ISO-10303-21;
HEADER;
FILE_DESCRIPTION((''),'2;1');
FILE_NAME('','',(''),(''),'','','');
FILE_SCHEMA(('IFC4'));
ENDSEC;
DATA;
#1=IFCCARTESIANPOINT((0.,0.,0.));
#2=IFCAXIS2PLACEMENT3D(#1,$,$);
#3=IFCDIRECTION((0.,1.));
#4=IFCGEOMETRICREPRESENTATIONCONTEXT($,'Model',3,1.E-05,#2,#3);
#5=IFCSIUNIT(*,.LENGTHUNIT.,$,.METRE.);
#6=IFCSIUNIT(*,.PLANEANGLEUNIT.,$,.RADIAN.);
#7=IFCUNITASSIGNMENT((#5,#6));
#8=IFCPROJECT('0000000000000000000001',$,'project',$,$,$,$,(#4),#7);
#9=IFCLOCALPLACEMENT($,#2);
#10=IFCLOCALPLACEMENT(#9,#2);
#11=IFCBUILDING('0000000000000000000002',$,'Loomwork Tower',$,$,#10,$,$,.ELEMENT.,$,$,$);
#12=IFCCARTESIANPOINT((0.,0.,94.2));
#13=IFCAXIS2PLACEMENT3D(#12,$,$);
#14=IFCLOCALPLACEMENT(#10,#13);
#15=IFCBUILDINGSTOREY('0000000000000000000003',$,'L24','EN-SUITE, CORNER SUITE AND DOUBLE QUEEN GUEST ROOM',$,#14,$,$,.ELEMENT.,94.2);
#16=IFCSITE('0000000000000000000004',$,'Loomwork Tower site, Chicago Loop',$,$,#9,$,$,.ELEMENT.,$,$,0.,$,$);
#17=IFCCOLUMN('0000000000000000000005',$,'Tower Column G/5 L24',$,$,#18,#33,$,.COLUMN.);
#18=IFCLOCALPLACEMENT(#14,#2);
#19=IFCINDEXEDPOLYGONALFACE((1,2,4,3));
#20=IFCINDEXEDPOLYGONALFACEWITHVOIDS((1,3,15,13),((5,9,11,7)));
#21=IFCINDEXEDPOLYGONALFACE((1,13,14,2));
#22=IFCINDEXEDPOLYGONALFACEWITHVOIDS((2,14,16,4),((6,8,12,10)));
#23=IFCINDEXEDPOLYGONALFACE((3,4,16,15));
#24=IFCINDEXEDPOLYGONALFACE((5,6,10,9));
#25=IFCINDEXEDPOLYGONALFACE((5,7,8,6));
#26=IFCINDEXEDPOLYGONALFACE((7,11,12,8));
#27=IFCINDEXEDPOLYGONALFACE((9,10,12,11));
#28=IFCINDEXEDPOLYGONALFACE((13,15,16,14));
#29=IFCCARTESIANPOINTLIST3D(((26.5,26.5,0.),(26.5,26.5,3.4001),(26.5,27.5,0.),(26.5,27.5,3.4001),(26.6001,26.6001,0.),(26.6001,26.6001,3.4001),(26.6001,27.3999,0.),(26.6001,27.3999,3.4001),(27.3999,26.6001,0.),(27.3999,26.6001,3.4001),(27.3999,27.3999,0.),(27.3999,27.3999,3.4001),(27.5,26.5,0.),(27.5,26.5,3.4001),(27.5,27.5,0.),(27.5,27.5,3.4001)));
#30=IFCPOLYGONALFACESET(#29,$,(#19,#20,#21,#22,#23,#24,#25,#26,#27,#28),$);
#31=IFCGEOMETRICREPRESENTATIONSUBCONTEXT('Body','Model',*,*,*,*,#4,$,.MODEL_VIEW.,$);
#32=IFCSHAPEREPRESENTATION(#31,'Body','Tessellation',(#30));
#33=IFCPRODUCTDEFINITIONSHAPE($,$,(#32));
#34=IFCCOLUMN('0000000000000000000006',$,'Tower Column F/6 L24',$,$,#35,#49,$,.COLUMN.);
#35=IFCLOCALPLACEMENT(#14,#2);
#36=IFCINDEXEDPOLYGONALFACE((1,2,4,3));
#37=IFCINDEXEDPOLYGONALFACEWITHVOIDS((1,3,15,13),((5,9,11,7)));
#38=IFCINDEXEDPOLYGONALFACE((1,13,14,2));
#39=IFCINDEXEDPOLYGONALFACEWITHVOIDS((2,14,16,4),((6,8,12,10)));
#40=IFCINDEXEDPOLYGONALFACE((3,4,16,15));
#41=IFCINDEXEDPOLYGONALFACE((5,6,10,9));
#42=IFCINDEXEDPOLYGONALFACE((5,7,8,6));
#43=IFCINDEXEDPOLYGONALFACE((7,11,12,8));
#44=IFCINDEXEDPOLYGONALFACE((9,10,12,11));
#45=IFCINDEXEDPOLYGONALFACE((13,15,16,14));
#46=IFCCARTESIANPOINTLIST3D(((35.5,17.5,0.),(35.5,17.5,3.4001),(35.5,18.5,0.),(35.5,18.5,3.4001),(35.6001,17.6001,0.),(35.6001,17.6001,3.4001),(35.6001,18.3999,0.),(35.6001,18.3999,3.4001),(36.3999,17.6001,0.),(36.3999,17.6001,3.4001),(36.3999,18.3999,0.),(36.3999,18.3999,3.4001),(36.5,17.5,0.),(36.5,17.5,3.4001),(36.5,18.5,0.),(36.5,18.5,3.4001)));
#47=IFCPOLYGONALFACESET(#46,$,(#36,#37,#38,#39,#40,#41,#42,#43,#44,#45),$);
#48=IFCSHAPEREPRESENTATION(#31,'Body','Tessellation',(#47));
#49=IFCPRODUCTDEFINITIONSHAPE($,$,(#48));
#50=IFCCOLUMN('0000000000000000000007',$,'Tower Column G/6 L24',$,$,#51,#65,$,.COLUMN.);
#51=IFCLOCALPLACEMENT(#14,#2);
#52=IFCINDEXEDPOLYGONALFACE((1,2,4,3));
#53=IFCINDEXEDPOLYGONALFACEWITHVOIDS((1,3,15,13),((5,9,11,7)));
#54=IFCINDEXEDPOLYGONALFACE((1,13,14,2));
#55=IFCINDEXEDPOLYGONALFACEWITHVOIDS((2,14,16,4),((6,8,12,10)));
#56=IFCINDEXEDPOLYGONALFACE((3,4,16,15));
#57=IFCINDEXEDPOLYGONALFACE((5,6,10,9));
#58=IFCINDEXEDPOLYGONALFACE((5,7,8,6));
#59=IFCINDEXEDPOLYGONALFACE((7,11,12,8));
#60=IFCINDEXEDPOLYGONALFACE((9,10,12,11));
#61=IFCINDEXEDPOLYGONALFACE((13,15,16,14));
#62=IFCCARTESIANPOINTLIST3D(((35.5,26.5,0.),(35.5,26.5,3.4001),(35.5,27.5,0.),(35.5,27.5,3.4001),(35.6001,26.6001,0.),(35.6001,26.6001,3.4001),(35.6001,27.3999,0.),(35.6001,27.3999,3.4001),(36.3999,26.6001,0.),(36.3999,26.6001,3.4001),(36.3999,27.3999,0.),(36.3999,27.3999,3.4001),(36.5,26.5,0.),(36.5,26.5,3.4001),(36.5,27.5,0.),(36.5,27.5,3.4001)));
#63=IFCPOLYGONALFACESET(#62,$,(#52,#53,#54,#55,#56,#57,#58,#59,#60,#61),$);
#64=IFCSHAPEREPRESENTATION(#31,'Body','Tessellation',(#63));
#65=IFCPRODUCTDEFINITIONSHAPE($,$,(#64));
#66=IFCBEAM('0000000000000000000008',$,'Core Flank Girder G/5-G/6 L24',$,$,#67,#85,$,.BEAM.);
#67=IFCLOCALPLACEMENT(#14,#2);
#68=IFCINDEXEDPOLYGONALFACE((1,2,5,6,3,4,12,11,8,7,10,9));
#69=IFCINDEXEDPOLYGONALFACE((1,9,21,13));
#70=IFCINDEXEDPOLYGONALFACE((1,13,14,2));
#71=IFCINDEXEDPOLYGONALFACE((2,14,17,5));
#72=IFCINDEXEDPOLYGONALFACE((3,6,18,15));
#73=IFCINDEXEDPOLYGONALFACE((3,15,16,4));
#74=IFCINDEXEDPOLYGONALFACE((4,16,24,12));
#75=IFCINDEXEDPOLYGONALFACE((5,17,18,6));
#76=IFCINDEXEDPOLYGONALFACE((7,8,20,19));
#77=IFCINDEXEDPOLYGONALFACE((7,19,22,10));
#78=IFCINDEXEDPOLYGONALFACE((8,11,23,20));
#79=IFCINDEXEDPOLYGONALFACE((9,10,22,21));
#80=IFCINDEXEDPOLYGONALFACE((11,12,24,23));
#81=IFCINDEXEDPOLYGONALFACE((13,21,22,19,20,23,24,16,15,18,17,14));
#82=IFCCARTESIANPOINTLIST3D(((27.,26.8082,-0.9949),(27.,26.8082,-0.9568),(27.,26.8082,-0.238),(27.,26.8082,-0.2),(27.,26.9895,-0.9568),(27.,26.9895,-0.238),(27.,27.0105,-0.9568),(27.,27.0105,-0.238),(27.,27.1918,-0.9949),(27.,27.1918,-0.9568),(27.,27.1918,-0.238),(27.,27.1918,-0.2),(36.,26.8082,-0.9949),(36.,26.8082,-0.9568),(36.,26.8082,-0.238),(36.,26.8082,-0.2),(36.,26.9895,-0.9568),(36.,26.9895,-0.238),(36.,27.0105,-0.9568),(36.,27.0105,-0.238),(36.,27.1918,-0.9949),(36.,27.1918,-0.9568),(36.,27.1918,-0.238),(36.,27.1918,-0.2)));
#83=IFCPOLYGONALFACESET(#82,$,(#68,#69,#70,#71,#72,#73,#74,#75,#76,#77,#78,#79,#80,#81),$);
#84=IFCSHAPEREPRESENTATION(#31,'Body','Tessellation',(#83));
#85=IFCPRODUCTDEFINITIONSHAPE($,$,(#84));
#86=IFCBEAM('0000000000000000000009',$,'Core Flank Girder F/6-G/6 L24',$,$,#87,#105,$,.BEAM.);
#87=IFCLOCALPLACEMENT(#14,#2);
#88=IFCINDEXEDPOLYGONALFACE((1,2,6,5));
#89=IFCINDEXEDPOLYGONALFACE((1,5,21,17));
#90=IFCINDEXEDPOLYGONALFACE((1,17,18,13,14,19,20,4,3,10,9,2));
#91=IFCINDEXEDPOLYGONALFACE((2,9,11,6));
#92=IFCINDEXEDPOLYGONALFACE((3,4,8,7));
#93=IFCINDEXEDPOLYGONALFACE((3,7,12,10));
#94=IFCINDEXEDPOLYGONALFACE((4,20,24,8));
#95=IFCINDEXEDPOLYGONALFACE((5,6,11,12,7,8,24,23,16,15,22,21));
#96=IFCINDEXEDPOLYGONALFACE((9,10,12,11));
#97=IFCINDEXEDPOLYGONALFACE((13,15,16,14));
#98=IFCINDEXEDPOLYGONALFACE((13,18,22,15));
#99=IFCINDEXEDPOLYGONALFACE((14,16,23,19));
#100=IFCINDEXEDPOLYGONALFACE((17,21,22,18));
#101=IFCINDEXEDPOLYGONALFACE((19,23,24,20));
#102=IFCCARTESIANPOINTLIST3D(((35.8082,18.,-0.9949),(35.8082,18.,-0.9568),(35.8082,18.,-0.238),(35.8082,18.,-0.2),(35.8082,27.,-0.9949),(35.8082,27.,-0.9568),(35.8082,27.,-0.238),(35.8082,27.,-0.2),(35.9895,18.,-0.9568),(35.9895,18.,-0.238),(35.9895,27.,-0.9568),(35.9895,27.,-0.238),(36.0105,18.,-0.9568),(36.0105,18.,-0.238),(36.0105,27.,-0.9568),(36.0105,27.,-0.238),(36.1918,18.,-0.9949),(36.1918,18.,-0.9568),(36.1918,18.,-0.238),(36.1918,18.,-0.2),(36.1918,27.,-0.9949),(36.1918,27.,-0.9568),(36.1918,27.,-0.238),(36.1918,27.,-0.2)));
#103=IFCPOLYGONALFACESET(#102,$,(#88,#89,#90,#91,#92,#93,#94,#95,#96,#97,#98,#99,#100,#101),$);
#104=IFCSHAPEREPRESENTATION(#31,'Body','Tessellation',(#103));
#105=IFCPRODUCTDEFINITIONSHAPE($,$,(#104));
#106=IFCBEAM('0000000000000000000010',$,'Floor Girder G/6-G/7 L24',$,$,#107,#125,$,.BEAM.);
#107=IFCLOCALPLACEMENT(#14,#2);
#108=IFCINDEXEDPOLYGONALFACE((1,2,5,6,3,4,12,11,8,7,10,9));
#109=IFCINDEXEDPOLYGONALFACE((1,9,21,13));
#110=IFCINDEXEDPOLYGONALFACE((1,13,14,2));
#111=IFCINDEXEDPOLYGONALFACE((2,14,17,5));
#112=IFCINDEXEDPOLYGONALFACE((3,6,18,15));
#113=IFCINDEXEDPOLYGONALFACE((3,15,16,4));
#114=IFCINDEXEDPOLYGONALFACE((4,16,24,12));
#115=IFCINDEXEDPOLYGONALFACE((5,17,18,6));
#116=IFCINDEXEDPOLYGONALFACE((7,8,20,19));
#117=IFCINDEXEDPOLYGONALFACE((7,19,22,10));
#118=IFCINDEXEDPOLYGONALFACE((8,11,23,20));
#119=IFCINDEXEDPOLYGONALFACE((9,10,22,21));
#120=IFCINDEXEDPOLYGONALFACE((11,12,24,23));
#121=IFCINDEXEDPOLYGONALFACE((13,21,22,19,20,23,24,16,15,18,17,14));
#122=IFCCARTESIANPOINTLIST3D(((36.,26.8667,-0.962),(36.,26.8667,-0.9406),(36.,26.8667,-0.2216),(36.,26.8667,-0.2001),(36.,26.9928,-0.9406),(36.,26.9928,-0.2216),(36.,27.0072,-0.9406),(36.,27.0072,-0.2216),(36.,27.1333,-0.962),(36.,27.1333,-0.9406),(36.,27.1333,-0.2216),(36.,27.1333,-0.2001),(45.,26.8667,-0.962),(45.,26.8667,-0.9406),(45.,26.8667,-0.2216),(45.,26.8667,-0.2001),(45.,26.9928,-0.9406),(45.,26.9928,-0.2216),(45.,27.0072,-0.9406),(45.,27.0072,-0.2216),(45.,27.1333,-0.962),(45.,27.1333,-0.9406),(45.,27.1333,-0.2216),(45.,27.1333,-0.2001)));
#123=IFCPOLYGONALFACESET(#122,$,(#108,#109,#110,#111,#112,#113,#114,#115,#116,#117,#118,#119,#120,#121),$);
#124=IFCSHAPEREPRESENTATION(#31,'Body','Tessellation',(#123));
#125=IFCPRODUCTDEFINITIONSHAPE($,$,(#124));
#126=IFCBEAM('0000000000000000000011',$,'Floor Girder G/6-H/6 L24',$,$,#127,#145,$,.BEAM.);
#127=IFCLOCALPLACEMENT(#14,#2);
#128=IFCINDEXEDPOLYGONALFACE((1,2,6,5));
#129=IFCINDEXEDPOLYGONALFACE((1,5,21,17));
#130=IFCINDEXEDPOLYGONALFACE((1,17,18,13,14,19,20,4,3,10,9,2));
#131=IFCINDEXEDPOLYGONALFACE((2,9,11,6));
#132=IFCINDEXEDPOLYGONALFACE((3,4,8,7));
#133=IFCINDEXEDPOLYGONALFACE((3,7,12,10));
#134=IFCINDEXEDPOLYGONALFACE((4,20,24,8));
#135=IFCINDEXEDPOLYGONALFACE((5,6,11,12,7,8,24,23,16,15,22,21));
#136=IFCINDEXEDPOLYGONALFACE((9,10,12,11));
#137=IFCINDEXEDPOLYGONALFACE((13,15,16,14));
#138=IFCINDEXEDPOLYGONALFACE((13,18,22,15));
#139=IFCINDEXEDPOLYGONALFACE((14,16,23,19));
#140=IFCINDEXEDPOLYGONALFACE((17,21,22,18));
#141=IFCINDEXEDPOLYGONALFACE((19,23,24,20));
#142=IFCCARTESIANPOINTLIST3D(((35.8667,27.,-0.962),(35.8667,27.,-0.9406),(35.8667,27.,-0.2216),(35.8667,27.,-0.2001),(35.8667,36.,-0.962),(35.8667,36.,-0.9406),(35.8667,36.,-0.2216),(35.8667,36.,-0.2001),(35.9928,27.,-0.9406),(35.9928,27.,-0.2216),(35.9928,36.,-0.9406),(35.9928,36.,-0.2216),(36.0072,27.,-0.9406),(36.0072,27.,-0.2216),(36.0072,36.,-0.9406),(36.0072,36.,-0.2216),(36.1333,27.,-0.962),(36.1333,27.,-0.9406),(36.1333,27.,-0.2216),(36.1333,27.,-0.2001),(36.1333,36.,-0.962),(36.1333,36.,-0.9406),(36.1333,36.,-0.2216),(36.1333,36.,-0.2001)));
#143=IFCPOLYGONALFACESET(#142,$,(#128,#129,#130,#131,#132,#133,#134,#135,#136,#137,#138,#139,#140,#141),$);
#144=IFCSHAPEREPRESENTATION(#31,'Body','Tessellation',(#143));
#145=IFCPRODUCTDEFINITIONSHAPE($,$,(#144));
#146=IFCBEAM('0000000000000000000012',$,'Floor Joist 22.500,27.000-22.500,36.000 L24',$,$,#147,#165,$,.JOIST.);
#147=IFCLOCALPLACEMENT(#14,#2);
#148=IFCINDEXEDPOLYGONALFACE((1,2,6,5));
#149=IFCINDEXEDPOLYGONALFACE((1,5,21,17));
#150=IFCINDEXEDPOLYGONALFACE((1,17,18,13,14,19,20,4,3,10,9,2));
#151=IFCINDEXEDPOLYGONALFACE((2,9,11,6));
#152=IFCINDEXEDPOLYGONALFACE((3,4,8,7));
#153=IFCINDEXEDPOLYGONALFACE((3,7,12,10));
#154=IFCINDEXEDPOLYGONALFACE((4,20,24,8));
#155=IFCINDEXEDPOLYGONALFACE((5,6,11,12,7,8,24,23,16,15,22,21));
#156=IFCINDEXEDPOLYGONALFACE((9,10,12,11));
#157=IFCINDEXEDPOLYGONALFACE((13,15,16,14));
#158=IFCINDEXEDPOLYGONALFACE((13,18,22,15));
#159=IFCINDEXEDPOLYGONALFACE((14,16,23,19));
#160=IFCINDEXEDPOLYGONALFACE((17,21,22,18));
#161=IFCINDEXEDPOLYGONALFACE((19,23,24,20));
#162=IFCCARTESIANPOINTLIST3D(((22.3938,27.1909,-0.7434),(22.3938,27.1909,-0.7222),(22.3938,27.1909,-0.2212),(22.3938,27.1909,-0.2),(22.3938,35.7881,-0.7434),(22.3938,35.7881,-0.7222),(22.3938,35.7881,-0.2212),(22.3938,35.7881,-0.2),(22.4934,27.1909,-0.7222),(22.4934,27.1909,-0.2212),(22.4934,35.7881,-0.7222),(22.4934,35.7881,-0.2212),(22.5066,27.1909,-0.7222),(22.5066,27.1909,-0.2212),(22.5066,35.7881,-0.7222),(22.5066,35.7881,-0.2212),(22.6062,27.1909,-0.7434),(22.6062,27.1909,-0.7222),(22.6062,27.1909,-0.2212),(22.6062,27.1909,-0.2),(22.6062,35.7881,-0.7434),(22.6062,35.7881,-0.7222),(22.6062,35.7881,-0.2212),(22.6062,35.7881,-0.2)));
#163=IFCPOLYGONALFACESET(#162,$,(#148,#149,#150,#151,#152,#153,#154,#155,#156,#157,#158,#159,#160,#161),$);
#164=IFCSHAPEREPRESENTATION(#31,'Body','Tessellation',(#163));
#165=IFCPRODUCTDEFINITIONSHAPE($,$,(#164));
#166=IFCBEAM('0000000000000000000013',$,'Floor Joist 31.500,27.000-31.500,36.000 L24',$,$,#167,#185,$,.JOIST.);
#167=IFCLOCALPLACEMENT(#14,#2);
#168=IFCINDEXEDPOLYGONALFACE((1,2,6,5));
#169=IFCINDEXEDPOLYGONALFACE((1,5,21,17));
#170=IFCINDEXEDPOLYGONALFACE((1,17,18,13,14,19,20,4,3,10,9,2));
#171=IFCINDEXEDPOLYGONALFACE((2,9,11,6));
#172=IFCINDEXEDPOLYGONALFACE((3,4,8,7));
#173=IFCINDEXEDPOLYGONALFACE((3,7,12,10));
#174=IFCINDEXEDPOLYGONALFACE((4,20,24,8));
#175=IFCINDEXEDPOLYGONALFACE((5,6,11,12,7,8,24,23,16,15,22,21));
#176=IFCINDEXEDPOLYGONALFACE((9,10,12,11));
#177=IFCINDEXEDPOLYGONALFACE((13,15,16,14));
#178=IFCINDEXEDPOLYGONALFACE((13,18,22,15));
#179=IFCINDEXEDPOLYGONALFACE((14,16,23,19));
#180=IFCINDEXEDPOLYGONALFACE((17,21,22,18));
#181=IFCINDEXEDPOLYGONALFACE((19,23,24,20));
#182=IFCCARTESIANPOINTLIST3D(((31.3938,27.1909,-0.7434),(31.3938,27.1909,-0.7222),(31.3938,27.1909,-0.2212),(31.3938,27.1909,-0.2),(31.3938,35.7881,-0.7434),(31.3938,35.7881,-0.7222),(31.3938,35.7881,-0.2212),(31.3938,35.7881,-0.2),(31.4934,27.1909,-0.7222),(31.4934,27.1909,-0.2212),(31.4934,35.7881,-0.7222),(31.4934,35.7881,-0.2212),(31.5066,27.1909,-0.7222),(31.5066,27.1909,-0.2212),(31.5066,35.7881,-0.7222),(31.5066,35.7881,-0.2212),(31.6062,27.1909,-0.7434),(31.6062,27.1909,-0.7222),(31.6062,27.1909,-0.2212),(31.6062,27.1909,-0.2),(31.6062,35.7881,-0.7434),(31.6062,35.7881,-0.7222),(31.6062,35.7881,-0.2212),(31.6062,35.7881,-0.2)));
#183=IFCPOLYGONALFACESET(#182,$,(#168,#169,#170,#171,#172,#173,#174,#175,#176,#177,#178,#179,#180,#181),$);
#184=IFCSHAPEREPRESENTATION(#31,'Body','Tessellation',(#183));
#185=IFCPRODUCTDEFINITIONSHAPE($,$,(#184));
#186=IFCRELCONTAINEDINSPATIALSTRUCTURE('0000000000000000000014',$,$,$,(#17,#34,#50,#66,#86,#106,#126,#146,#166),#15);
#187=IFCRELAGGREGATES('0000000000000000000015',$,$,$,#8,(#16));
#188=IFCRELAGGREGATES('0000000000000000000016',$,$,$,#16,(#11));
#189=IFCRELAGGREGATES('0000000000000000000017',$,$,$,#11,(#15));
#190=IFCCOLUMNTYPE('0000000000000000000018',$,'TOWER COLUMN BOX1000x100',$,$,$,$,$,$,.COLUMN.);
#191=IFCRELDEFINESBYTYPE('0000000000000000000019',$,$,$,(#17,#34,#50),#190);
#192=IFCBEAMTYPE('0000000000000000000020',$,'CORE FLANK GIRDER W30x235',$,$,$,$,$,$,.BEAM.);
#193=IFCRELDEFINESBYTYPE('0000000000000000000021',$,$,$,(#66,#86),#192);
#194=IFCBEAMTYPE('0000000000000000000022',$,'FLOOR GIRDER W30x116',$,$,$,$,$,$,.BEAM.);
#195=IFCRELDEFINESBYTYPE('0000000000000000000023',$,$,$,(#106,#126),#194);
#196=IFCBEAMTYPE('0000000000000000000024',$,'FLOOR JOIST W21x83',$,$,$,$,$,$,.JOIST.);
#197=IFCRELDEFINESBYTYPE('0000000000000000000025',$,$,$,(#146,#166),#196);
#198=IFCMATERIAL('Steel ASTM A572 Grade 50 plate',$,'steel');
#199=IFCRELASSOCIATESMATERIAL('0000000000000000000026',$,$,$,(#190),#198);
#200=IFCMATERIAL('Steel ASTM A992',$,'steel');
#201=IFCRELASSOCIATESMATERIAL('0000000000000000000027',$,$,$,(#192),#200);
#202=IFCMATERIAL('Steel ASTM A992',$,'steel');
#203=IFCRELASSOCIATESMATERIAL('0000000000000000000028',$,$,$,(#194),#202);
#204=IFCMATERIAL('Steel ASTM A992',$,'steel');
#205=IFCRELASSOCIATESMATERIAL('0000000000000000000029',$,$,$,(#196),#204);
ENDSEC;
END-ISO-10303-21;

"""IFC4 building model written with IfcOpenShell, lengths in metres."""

from ifc_helpers import new_model, si_unit, direction, frame, origin, origin_2d, place, context, subcontext, project, spatial, hollow_rectangle, i_section, extrude, material, material_profile, profile_set, type_object, element, save


model = new_model("IFC4")

# Units and contexts
model_context = context("Model", 3, precision=1e-05, world=origin(), true_north=direction((0.0, 1.0)))
body_context = subcontext(model_context, "Body", "Model", "MODEL_VIEW")
ifc_project = project(units=[si_unit("LENGTHUNIT", "METRE"), si_unit("PLANEANGLEUNIT", "RADIAN")], contexts=[model_context])

# Site, building, storey
site_placement = place(None, origin())
site = spatial("IfcSite", under=ifc_project, at=site_placement, Name="Loomwork Tower site, Chicago Loop", CompositionType="ELEMENT", RefElevation=0.0)
building_placement = place(site_placement, origin())
building = spatial("IfcBuilding", under=site, at=building_placement, Name="Loomwork Tower", CompositionType="ELEMENT")
storey_placement = place(building_placement, frame((0.0, 0.0, 94.2)))
storey = spatial("IfcBuildingStorey", under=building, at=storey_placement, Name="L24", Description="EN-SUITE, CORNER SUITE AND DOUBLE QUEEN GUEST ROOM", CompositionType="ELEMENT", Elevation=94.2)

# Columns
ifc_material_1 = material(Name="Steel ASTM A572 Grade 50 plate", Category="steel")
ifc_material_profile_1 = material_profile(ifc_material_1, hollow_rectangle(XDim=1.0, YDim=1.0, WallThickness=0.1001, at=origin_2d()), Name="BOX1000x100")
ifc_profile_set_1 = profile_set([ifc_material_profile_1], Name="Steel ASTM A572 Grade 50 plate")
column_type = type_object("IfcColumnType", Name="TOWER COLUMN BOX1000x100", PredefinedType="COLUMN", material=ifc_profile_set_1)
for number, where, z_axis, x_axis, name in (
    (1, (27.0, 27.0, 0.0), (0.0, 0.0, 1.0), (1.0, 0.0, 0.0), "Tower Column G/5 L24"),
    (2, (36.0, 18.0, 0.0), (0.0, 0.0, 1.0), (0.0, 1.0, 0.0), "Tower Column F/6 L24"),
    (3, (36.0, 27.0, 0.0), (0.0, 0.0, 1.0), (1.0, 0.0, 0.0), "Tower Column G/6 L24"),
):
    element("IfcColumn", number, at=place(storey_placement, frame(where, z_axis=z_axis, x_axis=x_axis)), inside=storey, type_object=column_type, Name=name, PredefinedType="COLUMN", context=body_context, shape_type="SweptSolid", body=[
        extrude(hollow_rectangle(XDim=1.0, YDim=1.0, WallThickness=0.1001, at=origin_2d()), origin(), (0.0, 0.0, 1.0), 3.4001),
    ])

# Beams
ifc_material_2 = material(Name="Steel ASTM A992", Category="steel")
ifc_material_profile_2 = material_profile(ifc_material_2, i_section(OverallWidth=0.3835, OverallDepth=0.7949, WebThickness=0.021, FlangeThickness=0.0381, at=origin_2d()), Name="W30x235")
ifc_profile_set_2 = profile_set([ifc_material_profile_2], Name="Steel ASTM A992")
beam_type_1 = type_object("IfcBeamType", Name="CORE FLANK GIRDER W30x235", PredefinedType="BEAM", material=ifc_profile_set_2)
for number, where, z_axis, x_axis, name in (
    (4, (27.0, 27.0, -0.5974), (1.0, 0.0, 0.0), (0.0, 1.0, 0.0), "Core Flank Girder G/5-G/6 L24"),
    (5, (36.0, 18.0, -0.5974), (0.0, 1.0, 0.0), (-1.0, 0.0, 0.0), "Core Flank Girder F/6-G/6 L24"),
):
    element("IfcBeam", number, at=place(storey_placement, frame(where, z_axis=z_axis, x_axis=x_axis)), inside=storey, type_object=beam_type_1, Name=name, PredefinedType="BEAM", context=body_context, shape_type="SweptSolid", body=[
        extrude(i_section(OverallWidth=0.3835, OverallDepth=0.7949, WebThickness=0.021, FlangeThickness=0.0381, at=origin_2d()), origin(), (0.0, 0.0, 1.0), 9.0),
    ])
ifc_material_3 = material(Name="Steel ASTM A992", Category="steel")
ifc_material_profile_3 = material_profile(ifc_material_3, i_section(OverallWidth=0.2666, OverallDepth=0.762, WebThickness=0.0144, FlangeThickness=0.0215, at=origin_2d()), Name="W30x116")
ifc_profile_set_3 = profile_set([ifc_material_profile_3], Name="Steel ASTM A992")
beam_type_2 = type_object("IfcBeamType", Name="FLOOR GIRDER W30x116", PredefinedType="BEAM", material=ifc_profile_set_3)
for number, where, z_axis, x_axis, name in (
    (6, (36.0, 27.0, -0.5811), (1.0, 0.0, 0.0), (0.0, 1.0, 0.0), "Floor Girder G/6-G/7 L24"),
    (7, (36.0, 27.0, -0.5811), (0.0, 1.0, 0.0), (-1.0, 0.0, 0.0), "Floor Girder G/6-H/6 L24"),
):
    element("IfcBeam", number, at=place(storey_placement, frame(where, z_axis=z_axis, x_axis=x_axis)), inside=storey, type_object=beam_type_2, Name=name, PredefinedType="BEAM", context=body_context, shape_type="SweptSolid", body=[
        extrude(i_section(OverallWidth=0.2666, OverallDepth=0.762, WebThickness=0.0144, FlangeThickness=0.0215, at=origin_2d()), origin(), (0.0, 0.0, 1.0), 9.0),
    ])
ifc_material_4 = material(Name="Steel ASTM A992", Category="steel")
ifc_material_profile_4 = material_profile(ifc_material_4, i_section(OverallWidth=0.2124, OverallDepth=0.5435, WebThickness=0.0132, FlangeThickness=0.0212, at=origin_2d()), Name="W21x83")
ifc_profile_set_4 = profile_set([ifc_material_profile_4], Name="Steel ASTM A992")
beam_type_3 = type_object("IfcBeamType", Name="FLOOR JOIST W21x83", PredefinedType="JOIST", material=ifc_profile_set_4)
for number, where, z_axis, x_axis, name in (
    (8, (22.5, 27.1909, -0.4717), (0.0, 1.0, 0.0), (-1.0, 0.0, 0.0), "Floor Joist 22.500,27.000-22.500,36.000 L24"),
    (9, (31.5, 27.1909, -0.4717), (0.0, 1.0, 0.0), (-1.0, 0.0, 0.0), "Floor Joist 31.500,27.000-31.500,36.000 L24"),
):
    element("IfcBeam", number, at=place(storey_placement, frame(where, z_axis=z_axis, x_axis=x_axis)), inside=storey, type_object=beam_type_3, Name=name, PredefinedType="JOIST", context=body_context, shape_type="SweptSolid", body=[
        extrude(i_section(OverallWidth=0.2124, OverallDepth=0.5435, WebThickness=0.0132, FlangeThickness=0.0212, at=origin_2d()), origin(), (0.0, 0.0, 1.0), 8.5972),
    ])

save(model, "model.ifc")
